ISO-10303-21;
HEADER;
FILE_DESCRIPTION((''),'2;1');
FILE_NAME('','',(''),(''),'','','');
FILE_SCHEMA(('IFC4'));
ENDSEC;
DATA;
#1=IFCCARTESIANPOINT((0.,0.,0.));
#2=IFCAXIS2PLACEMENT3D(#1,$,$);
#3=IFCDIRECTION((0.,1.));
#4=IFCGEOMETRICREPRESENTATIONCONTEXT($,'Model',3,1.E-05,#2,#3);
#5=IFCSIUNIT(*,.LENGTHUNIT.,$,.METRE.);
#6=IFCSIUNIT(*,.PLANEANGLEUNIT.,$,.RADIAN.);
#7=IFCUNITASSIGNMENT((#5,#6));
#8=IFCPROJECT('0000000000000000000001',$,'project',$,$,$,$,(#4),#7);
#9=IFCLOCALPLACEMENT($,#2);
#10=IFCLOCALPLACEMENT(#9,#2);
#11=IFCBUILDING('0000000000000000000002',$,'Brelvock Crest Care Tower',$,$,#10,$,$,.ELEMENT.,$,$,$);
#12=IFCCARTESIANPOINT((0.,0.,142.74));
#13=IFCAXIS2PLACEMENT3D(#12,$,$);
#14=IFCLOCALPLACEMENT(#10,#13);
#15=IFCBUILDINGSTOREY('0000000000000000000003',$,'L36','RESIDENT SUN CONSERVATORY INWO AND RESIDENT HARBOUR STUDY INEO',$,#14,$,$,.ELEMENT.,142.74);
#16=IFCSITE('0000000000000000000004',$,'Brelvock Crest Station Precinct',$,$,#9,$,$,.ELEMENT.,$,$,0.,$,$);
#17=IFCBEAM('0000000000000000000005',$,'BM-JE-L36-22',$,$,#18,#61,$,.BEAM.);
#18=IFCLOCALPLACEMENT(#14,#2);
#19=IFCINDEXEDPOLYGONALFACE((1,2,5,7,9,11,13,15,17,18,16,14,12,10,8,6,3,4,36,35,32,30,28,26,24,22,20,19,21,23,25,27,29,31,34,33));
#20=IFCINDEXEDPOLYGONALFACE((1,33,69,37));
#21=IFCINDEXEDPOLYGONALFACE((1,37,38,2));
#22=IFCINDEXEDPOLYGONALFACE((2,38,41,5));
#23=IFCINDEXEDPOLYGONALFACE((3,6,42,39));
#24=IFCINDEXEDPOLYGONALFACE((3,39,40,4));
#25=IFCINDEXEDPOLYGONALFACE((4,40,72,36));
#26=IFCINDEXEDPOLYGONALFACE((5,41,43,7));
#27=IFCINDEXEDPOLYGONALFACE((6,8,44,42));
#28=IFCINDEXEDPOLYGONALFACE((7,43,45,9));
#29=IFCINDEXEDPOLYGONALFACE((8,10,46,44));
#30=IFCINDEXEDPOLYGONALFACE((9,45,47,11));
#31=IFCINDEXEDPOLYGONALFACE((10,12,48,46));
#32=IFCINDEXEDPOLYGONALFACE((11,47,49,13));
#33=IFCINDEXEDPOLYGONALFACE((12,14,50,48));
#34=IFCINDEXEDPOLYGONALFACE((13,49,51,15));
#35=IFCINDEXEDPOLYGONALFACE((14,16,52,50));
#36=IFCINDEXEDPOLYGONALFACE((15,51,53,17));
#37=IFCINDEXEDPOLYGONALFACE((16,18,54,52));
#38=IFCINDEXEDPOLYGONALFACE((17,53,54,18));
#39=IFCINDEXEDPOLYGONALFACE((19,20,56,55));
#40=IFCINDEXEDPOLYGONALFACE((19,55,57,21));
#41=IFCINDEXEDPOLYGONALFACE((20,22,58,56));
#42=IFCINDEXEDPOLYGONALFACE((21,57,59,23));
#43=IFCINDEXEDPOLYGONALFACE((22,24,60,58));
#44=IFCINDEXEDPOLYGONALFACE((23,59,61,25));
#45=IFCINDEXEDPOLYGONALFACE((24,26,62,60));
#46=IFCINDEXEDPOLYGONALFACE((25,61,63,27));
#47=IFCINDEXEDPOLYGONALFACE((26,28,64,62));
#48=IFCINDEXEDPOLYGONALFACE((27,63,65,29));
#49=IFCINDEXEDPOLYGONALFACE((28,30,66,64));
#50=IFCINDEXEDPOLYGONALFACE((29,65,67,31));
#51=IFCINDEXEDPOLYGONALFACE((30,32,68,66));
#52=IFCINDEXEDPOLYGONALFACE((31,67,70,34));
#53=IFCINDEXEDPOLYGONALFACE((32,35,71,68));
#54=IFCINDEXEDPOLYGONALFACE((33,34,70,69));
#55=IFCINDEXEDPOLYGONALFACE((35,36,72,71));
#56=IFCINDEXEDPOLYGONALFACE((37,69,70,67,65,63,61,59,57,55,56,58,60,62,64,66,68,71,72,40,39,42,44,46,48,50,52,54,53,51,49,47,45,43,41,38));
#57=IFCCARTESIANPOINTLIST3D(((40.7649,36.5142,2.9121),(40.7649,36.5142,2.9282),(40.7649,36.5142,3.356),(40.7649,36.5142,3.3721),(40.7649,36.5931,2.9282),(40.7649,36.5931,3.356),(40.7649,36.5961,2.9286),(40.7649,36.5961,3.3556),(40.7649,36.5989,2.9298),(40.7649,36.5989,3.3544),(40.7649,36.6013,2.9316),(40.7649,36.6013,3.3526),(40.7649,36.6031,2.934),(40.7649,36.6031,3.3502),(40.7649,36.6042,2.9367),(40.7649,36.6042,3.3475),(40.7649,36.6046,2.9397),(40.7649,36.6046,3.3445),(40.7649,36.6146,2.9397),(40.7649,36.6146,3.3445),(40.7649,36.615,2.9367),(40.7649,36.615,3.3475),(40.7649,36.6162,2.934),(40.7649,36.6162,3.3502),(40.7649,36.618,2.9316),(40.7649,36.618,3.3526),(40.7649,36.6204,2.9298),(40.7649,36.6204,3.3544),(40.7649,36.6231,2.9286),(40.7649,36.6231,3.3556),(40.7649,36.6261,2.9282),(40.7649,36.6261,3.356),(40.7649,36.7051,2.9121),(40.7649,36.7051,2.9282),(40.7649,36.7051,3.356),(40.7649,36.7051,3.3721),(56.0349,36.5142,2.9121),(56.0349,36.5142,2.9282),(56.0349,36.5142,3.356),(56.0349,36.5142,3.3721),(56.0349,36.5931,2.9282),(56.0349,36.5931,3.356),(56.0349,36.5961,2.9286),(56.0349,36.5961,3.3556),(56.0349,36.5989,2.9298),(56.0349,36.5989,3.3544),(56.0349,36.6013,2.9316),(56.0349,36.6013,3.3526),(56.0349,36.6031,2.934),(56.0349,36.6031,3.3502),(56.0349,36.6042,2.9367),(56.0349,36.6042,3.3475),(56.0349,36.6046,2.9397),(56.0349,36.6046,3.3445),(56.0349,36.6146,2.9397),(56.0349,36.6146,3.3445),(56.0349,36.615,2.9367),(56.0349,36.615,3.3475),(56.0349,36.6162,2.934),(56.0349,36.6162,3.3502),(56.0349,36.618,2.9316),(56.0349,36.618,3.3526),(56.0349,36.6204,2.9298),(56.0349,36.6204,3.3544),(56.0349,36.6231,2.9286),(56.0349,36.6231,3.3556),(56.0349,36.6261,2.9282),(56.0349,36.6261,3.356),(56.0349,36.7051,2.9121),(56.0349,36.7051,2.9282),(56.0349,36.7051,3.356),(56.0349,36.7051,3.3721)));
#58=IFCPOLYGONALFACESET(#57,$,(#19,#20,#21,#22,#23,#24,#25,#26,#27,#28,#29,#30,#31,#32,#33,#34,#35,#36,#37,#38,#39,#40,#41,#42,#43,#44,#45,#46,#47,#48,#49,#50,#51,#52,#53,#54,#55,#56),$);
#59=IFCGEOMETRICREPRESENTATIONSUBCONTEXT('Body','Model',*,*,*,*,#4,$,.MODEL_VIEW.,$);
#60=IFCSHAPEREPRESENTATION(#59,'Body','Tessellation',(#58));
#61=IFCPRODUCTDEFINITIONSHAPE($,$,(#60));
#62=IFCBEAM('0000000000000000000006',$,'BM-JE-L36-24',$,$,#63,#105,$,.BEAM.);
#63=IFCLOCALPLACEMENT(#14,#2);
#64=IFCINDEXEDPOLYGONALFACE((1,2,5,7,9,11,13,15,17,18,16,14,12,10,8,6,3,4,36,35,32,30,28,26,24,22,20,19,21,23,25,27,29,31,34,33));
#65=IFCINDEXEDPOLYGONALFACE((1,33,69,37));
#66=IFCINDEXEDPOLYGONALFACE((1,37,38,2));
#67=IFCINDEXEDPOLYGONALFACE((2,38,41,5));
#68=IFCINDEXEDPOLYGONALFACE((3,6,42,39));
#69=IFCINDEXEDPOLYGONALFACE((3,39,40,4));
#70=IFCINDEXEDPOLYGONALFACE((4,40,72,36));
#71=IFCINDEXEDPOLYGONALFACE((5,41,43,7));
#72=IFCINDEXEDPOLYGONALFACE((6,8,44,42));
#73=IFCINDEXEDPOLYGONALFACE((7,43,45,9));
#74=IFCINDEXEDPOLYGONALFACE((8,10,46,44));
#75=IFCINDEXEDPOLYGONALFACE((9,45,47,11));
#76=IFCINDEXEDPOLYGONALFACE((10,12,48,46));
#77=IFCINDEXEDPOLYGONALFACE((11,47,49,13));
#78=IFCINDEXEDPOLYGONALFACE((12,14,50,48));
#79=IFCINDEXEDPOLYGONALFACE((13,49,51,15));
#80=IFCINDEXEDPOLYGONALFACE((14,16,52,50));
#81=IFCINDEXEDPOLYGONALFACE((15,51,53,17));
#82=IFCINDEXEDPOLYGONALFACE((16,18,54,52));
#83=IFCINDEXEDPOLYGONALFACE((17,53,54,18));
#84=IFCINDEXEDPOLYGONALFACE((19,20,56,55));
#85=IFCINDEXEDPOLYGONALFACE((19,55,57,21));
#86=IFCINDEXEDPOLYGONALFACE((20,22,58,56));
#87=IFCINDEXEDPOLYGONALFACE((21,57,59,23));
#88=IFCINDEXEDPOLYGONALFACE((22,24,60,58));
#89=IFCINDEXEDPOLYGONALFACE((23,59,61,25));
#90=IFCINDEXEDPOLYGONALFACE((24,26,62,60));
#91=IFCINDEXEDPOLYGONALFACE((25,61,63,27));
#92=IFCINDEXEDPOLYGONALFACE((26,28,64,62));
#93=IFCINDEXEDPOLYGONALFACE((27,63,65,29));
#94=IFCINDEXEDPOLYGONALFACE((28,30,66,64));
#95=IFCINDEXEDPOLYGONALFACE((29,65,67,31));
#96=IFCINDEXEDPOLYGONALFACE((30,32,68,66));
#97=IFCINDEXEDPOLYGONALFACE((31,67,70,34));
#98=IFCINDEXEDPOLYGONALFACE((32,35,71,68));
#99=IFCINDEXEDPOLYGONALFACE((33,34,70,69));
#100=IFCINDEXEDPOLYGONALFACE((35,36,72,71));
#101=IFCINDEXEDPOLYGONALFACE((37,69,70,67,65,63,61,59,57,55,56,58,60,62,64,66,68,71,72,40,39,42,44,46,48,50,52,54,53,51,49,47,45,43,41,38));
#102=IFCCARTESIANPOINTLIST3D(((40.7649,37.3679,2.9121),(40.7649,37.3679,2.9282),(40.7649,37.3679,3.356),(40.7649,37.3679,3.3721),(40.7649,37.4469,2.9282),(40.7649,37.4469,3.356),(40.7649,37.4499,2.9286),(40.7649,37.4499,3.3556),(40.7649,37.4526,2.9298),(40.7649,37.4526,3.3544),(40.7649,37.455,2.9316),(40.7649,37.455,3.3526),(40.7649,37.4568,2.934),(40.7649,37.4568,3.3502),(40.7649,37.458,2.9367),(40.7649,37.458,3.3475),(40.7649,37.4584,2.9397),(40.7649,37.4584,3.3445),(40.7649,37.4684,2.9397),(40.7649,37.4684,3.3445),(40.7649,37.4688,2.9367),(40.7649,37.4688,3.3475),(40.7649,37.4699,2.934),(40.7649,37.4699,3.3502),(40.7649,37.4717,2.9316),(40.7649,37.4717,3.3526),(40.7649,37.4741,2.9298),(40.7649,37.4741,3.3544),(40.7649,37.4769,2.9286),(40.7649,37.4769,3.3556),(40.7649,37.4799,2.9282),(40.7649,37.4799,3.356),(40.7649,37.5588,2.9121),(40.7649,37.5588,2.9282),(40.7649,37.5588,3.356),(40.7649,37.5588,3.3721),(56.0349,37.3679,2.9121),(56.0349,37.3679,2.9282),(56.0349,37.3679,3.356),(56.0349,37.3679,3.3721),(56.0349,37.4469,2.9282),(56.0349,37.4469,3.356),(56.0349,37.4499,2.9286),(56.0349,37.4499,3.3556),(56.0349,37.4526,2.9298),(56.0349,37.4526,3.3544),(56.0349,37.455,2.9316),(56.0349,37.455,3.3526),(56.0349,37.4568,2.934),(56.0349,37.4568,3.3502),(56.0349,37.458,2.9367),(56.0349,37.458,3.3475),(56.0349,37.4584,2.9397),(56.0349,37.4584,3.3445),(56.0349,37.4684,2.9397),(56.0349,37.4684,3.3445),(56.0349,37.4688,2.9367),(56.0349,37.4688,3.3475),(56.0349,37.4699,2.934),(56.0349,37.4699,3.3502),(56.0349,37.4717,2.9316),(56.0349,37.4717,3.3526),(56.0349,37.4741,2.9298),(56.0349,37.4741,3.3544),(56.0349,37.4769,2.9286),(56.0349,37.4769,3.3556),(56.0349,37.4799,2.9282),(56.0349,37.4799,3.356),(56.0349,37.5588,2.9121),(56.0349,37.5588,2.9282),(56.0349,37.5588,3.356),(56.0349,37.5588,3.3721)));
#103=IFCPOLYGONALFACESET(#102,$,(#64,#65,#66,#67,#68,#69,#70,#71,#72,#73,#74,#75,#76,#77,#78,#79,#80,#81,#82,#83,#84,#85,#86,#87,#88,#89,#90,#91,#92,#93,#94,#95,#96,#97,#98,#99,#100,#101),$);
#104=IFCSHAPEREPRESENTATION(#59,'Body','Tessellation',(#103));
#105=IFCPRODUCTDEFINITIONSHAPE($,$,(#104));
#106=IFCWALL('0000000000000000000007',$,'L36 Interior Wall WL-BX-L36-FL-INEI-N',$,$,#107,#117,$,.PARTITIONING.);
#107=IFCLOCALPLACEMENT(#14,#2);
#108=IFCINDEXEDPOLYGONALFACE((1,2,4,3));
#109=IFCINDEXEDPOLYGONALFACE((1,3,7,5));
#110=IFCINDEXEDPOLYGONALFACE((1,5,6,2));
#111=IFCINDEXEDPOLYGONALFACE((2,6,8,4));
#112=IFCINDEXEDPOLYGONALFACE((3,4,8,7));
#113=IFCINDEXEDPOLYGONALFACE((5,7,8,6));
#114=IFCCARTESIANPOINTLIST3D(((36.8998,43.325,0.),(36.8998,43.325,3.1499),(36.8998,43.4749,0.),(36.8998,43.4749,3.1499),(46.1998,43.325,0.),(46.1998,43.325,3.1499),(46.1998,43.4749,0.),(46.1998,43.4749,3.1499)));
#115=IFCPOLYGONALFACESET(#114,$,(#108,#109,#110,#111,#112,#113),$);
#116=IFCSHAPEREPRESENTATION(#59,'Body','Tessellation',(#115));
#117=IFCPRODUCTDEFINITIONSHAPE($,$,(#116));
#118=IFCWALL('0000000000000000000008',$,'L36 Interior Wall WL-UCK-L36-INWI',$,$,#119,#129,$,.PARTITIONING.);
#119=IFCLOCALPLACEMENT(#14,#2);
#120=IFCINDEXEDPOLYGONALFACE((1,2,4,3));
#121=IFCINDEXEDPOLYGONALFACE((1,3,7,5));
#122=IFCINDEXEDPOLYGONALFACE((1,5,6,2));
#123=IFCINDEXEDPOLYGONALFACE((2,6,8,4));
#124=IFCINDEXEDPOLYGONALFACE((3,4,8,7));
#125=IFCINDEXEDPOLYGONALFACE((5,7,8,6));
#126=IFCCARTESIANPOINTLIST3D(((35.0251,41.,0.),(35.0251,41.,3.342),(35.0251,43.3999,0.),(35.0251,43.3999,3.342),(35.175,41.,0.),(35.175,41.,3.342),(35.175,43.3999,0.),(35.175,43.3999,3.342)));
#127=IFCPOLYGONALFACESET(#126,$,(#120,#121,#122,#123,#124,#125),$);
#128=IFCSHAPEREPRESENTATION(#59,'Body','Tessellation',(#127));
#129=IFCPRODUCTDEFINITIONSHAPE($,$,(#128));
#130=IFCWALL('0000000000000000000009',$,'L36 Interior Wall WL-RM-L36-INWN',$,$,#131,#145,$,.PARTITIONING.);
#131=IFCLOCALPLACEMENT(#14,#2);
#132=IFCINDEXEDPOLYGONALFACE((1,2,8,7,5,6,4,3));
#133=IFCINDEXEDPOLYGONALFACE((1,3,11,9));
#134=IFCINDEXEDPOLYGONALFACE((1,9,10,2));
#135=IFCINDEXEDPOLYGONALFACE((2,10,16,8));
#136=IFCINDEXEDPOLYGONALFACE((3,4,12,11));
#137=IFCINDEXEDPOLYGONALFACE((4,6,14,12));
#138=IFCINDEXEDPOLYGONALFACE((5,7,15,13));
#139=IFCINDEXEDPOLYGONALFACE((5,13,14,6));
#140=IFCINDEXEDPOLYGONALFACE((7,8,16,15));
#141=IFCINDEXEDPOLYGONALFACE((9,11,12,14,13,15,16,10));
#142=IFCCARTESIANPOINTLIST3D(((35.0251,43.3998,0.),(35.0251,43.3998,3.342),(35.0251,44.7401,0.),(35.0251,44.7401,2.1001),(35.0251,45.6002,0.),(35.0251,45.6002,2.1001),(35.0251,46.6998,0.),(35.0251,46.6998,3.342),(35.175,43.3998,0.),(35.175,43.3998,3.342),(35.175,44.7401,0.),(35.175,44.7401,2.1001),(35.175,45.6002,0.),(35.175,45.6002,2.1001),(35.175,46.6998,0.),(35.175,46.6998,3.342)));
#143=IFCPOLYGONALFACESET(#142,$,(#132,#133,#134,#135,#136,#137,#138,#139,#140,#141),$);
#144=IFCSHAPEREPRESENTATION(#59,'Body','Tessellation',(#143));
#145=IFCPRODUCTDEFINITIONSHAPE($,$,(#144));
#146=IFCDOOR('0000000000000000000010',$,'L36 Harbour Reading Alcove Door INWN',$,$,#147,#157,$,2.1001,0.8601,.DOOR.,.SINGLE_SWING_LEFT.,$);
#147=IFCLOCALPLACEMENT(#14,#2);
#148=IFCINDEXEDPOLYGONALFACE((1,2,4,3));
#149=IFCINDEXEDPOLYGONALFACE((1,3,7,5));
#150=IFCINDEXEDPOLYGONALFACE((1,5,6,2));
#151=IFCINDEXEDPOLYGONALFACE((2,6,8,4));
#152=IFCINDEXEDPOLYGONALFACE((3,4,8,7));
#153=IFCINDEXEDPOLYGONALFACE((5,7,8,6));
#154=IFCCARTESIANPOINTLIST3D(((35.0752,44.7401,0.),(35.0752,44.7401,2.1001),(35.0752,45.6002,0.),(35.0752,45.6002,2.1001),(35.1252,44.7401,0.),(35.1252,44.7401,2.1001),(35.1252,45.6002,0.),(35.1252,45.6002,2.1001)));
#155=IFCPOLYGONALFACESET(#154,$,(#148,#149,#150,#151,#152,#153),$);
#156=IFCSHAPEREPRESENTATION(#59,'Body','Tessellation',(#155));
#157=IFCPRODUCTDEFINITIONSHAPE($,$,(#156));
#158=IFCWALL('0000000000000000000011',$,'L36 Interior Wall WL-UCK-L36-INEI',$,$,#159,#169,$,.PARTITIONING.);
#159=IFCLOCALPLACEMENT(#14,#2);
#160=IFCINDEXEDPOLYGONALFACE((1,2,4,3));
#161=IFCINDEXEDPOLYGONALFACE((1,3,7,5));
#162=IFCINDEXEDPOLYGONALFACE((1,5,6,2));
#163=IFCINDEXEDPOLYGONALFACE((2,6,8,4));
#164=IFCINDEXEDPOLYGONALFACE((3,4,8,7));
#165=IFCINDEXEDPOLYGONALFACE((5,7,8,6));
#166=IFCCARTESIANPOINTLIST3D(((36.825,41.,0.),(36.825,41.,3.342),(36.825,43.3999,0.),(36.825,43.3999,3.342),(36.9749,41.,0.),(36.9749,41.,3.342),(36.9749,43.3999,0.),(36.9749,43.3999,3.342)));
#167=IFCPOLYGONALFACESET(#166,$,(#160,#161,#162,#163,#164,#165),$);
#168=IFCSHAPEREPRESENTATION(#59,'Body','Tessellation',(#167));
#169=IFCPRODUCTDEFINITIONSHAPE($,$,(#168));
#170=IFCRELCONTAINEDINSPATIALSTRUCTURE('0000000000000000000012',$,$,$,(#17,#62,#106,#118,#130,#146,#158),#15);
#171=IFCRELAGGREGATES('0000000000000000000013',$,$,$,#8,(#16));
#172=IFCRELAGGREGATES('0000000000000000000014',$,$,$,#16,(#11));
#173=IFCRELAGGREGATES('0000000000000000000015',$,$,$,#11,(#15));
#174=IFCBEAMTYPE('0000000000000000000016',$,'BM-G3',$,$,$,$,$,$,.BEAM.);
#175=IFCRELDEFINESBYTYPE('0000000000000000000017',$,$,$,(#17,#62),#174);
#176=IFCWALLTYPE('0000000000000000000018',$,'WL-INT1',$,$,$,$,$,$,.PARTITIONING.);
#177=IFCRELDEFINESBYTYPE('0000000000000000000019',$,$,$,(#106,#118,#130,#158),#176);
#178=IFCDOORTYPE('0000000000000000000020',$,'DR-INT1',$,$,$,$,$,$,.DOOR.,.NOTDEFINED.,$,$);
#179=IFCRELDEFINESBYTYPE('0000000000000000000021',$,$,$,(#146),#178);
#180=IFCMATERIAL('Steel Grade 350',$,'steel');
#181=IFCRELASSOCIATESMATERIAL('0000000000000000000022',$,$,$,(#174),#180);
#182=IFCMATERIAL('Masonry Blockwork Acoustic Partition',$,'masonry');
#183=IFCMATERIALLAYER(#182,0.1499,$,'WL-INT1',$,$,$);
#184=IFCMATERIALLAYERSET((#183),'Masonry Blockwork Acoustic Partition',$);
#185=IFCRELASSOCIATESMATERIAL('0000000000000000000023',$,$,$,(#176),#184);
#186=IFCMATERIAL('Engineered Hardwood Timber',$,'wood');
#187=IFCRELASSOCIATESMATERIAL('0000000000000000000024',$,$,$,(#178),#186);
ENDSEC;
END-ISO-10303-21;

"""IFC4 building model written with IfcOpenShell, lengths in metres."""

from ifc_helpers import new_model, si_unit, direction, frame, frame_2d, origin, origin_2d, place, context, subcontext, project, spatial, rectangle, i_section, extrude, source, transform, mapped, material, layer, layer_set, material_profile, profile_set, type_object, element, fill, save


model = new_model("IFC4")

# Units and contexts
model_context = context("Model", 3, precision=1e-05, world=origin(), true_north=direction((0.0, 1.0)))
body_context = subcontext(model_context, "Body", "Model", "MODEL_VIEW")
ifc_project = project(units=[si_unit("LENGTHUNIT", "METRE"), si_unit("PLANEANGLEUNIT", "RADIAN")], contexts=[model_context])

# Site, building, storey
site_placement = place(None, origin())
site = spatial("IfcSite", under=ifc_project, at=site_placement, Name="Brelvock Crest Station Precinct", CompositionType="ELEMENT", RefElevation=0.0)
building_placement = place(site_placement, origin())
building = spatial("IfcBuilding", under=site, at=building_placement, Name="Brelvock Crest Care Tower", CompositionType="ELEMENT")
storey_placement = place(building_placement, frame((0.0, 0.0, 142.74)))
storey = spatial("IfcBuildingStorey", under=building, at=storey_placement, Name="L36", Description="RESIDENT SUN CONSERVATORY INWO AND RESIDENT HARBOUR STUDY INEO", CompositionType="ELEMENT", Elevation=142.74)

# Beams
ifc_material_1 = material(Name="Steel Grade 350", Category="steel")
ifc_material_profile_1 = material_profile(ifc_material_1, i_section(OverallWidth=0.1909, OverallDepth=0.46, WebThickness=0.01, FlangeThickness=0.0161, FilletRadius=0.0115, at=origin_2d()), Name="460UB82.1")
ifc_profile_set_1 = profile_set([ifc_material_profile_1], Name="Steel Grade 350")
beam_type_1 = type_object("IfcBeamType", Name="BM-G3", PredefinedType="BEAM", material=ifc_profile_set_1)
shared_shape_1 = source(origin(), body_context, "Body", "SweptSolid", [
    extrude(i_section(OverallWidth=0.1909, OverallDepth=0.46, WebThickness=0.01, FlangeThickness=0.0161, FilletRadius=0.0115, at=origin_2d()), origin(), (0.0, 0.0, 1.0), 15.27),
])
for number, where, z_axis, x_axis, name in (
    (1, (40.7649, 36.6096, 3.1421), (1.0, 0.0, 0.0), (0.0, 1.0, 0.0), "BM-JE-L36-22"),
    (2, (40.7649, 37.4634, 3.1421), (1.0, 0.0, 0.0), (0.0, 1.0, 0.0), "BM-JE-L36-24"),
):
    element("IfcBeam", number, at=place(storey_placement, frame(where, z_axis=z_axis, x_axis=x_axis)), inside=storey, type_object=beam_type_1, Name=name, PredefinedType="BEAM", context=body_context, shape_type="MappedRepresentation", body=[
        mapped(shared_shape_1, transform((0.0, 0.0, 0.0), x_axis=(1.0, 0.0, 0.0), y_axis=(0.0, 1.0, 0.0), z_axis=(0.0, 0.0, 1.0), scale=1.0)),
    ])

# Walls
ifc_material_2 = material(Name="Masonry Blockwork Acoustic Partition", Category="masonry")
ifc_layer_1 = layer(ifc_material_2, 0.1499, Name="WL-INT1")
ifc_layer_set_1 = layer_set([ifc_layer_1], Name="Masonry Blockwork Acoustic Partition")
wall_type_1 = type_object("IfcWallType", Name="WL-INT1", PredefinedType="PARTITIONING", material=ifc_layer_set_1)
wall_1_placement = place(storey_placement, frame((36.8999, 43.3999, 0.0), z_axis=(0.0, 0.0, 1.0), x_axis=(1.0, 0.0, 0.0)))
element("IfcWall", 3, at=wall_1_placement, inside=storey, type_object=wall_type_1, Name="L36 Interior Wall WL-BX-L36-FL-INEI-N", PredefinedType="PARTITIONING", context=body_context, shape_type="SweptSolid", body=[
    extrude(rectangle(XDim=9.3, YDim=0.1499, at=frame_2d((4.6499, 0.0))), origin(), (0.0, 0.0, 1.0), 3.1499),
])
wall_2_placement = place(storey_placement, frame((35.1001, 41.0, 0.0), z_axis=(0.0, 0.0, 1.0), x_axis=(0.0, 1.0, 0.0)))
element("IfcWall", 4, at=wall_2_placement, inside=storey, type_object=wall_type_1, Name="L36 Interior Wall WL-UCK-L36-INWI", PredefinedType="PARTITIONING", context=body_context, shape_type="SweptSolid", body=[
    extrude(rectangle(XDim=2.3999, YDim=0.1499, at=frame_2d((1.2, 0.0))), origin(), (0.0, 0.0, 1.0), 3.342),
])

# Wall, opening, door
wall_3_placement = place(storey_placement, frame((35.1001, 43.3999, 0.0), z_axis=(0.0, 0.0, 1.0), x_axis=(0.0, 1.0, 0.0)))
wall_3 = element("IfcWall", 5, at=wall_3_placement, inside=storey, type_object=wall_type_1, Name="L36 Interior Wall WL-RM-L36-INWN", PredefinedType="PARTITIONING", context=body_context, shape_type="SweptSolid", body=[
    extrude(rectangle(XDim=3.3, YDim=0.1499, at=frame_2d((1.6499, 0.0))), origin(), (0.0, 0.0, 1.0), 3.342),
])
opening_1_placement = place(wall_3_placement, frame((1.3401, 0.0, 0.0)))
opening_1 = element("IfcOpeningElement", 6, at=opening_1_placement, cuts=wall_3, PredefinedType="OPENING", context=body_context, shape_type="SweptSolid", body=[
    extrude(rectangle(XDim=0.8601, YDim=2.1001, at=origin_2d()), frame((0.4302, 0.085, 1.05), z_axis=(0.0, -1.0, 0.0), x_axis=(1.0, 0.0, 0.0)), (0.0, 0.0, 1.0), 0.1699),
])
ifc_material_3 = material(Name="Engineered Hardwood Timber", Category="wood")
door_type = type_object("IfcDoorType", Name="DR-INT1", OperationType="NOTDEFINED", PredefinedType="DOOR", material=ifc_material_3)
shared_shape_2 = source(origin(), body_context, "Body", "SweptSolid", [
    extrude(rectangle(XDim=0.8601, YDim=2.1001, at=origin_2d()), frame((0.4302, 0.0249, 1.05), z_axis=(0.0, -1.0, 0.0), x_axis=(1.0, 0.0, 0.0)), (0.0, 0.0, 1.0), 0.05),
])
door_1_placement = place(opening_1_placement, origin())
door_1 = element("IfcDoor", 7, at=door_1_placement, inside=storey, type_object=door_type, Name="L36 Harbour Reading Alcove Door INWN", OperationType="SINGLE_SWING_LEFT", OverallHeight=2.1001, OverallWidth=0.8601, PredefinedType="DOOR", context=body_context, shape_type="MappedRepresentation", body=[
    mapped(shared_shape_2, transform((0.0, 0.0, 0.0), x_axis=(1.0, 0.0, 0.0), y_axis=(0.0, 1.0, 0.0), z_axis=(0.0, 0.0, 1.0), scale=1.0)),
])
fill(opening_1, door_1)

# Wall
wall_4_placement = place(storey_placement, frame((36.8999, 41.0, 0.0), z_axis=(0.0, 0.0, 1.0), x_axis=(0.0, 1.0, 0.0)))
element("IfcWall", 8, at=wall_4_placement, inside=storey, type_object=wall_type_1, Name="L36 Interior Wall WL-UCK-L36-INEI", PredefinedType="PARTITIONING", context=body_context, shape_type="SweptSolid", body=[
    extrude(rectangle(XDim=2.3999, YDim=0.1499, at=frame_2d((1.2, 0.0))), origin(), (0.0, 0.0, 1.0), 3.342),
])

save(model, "model.ifc")
